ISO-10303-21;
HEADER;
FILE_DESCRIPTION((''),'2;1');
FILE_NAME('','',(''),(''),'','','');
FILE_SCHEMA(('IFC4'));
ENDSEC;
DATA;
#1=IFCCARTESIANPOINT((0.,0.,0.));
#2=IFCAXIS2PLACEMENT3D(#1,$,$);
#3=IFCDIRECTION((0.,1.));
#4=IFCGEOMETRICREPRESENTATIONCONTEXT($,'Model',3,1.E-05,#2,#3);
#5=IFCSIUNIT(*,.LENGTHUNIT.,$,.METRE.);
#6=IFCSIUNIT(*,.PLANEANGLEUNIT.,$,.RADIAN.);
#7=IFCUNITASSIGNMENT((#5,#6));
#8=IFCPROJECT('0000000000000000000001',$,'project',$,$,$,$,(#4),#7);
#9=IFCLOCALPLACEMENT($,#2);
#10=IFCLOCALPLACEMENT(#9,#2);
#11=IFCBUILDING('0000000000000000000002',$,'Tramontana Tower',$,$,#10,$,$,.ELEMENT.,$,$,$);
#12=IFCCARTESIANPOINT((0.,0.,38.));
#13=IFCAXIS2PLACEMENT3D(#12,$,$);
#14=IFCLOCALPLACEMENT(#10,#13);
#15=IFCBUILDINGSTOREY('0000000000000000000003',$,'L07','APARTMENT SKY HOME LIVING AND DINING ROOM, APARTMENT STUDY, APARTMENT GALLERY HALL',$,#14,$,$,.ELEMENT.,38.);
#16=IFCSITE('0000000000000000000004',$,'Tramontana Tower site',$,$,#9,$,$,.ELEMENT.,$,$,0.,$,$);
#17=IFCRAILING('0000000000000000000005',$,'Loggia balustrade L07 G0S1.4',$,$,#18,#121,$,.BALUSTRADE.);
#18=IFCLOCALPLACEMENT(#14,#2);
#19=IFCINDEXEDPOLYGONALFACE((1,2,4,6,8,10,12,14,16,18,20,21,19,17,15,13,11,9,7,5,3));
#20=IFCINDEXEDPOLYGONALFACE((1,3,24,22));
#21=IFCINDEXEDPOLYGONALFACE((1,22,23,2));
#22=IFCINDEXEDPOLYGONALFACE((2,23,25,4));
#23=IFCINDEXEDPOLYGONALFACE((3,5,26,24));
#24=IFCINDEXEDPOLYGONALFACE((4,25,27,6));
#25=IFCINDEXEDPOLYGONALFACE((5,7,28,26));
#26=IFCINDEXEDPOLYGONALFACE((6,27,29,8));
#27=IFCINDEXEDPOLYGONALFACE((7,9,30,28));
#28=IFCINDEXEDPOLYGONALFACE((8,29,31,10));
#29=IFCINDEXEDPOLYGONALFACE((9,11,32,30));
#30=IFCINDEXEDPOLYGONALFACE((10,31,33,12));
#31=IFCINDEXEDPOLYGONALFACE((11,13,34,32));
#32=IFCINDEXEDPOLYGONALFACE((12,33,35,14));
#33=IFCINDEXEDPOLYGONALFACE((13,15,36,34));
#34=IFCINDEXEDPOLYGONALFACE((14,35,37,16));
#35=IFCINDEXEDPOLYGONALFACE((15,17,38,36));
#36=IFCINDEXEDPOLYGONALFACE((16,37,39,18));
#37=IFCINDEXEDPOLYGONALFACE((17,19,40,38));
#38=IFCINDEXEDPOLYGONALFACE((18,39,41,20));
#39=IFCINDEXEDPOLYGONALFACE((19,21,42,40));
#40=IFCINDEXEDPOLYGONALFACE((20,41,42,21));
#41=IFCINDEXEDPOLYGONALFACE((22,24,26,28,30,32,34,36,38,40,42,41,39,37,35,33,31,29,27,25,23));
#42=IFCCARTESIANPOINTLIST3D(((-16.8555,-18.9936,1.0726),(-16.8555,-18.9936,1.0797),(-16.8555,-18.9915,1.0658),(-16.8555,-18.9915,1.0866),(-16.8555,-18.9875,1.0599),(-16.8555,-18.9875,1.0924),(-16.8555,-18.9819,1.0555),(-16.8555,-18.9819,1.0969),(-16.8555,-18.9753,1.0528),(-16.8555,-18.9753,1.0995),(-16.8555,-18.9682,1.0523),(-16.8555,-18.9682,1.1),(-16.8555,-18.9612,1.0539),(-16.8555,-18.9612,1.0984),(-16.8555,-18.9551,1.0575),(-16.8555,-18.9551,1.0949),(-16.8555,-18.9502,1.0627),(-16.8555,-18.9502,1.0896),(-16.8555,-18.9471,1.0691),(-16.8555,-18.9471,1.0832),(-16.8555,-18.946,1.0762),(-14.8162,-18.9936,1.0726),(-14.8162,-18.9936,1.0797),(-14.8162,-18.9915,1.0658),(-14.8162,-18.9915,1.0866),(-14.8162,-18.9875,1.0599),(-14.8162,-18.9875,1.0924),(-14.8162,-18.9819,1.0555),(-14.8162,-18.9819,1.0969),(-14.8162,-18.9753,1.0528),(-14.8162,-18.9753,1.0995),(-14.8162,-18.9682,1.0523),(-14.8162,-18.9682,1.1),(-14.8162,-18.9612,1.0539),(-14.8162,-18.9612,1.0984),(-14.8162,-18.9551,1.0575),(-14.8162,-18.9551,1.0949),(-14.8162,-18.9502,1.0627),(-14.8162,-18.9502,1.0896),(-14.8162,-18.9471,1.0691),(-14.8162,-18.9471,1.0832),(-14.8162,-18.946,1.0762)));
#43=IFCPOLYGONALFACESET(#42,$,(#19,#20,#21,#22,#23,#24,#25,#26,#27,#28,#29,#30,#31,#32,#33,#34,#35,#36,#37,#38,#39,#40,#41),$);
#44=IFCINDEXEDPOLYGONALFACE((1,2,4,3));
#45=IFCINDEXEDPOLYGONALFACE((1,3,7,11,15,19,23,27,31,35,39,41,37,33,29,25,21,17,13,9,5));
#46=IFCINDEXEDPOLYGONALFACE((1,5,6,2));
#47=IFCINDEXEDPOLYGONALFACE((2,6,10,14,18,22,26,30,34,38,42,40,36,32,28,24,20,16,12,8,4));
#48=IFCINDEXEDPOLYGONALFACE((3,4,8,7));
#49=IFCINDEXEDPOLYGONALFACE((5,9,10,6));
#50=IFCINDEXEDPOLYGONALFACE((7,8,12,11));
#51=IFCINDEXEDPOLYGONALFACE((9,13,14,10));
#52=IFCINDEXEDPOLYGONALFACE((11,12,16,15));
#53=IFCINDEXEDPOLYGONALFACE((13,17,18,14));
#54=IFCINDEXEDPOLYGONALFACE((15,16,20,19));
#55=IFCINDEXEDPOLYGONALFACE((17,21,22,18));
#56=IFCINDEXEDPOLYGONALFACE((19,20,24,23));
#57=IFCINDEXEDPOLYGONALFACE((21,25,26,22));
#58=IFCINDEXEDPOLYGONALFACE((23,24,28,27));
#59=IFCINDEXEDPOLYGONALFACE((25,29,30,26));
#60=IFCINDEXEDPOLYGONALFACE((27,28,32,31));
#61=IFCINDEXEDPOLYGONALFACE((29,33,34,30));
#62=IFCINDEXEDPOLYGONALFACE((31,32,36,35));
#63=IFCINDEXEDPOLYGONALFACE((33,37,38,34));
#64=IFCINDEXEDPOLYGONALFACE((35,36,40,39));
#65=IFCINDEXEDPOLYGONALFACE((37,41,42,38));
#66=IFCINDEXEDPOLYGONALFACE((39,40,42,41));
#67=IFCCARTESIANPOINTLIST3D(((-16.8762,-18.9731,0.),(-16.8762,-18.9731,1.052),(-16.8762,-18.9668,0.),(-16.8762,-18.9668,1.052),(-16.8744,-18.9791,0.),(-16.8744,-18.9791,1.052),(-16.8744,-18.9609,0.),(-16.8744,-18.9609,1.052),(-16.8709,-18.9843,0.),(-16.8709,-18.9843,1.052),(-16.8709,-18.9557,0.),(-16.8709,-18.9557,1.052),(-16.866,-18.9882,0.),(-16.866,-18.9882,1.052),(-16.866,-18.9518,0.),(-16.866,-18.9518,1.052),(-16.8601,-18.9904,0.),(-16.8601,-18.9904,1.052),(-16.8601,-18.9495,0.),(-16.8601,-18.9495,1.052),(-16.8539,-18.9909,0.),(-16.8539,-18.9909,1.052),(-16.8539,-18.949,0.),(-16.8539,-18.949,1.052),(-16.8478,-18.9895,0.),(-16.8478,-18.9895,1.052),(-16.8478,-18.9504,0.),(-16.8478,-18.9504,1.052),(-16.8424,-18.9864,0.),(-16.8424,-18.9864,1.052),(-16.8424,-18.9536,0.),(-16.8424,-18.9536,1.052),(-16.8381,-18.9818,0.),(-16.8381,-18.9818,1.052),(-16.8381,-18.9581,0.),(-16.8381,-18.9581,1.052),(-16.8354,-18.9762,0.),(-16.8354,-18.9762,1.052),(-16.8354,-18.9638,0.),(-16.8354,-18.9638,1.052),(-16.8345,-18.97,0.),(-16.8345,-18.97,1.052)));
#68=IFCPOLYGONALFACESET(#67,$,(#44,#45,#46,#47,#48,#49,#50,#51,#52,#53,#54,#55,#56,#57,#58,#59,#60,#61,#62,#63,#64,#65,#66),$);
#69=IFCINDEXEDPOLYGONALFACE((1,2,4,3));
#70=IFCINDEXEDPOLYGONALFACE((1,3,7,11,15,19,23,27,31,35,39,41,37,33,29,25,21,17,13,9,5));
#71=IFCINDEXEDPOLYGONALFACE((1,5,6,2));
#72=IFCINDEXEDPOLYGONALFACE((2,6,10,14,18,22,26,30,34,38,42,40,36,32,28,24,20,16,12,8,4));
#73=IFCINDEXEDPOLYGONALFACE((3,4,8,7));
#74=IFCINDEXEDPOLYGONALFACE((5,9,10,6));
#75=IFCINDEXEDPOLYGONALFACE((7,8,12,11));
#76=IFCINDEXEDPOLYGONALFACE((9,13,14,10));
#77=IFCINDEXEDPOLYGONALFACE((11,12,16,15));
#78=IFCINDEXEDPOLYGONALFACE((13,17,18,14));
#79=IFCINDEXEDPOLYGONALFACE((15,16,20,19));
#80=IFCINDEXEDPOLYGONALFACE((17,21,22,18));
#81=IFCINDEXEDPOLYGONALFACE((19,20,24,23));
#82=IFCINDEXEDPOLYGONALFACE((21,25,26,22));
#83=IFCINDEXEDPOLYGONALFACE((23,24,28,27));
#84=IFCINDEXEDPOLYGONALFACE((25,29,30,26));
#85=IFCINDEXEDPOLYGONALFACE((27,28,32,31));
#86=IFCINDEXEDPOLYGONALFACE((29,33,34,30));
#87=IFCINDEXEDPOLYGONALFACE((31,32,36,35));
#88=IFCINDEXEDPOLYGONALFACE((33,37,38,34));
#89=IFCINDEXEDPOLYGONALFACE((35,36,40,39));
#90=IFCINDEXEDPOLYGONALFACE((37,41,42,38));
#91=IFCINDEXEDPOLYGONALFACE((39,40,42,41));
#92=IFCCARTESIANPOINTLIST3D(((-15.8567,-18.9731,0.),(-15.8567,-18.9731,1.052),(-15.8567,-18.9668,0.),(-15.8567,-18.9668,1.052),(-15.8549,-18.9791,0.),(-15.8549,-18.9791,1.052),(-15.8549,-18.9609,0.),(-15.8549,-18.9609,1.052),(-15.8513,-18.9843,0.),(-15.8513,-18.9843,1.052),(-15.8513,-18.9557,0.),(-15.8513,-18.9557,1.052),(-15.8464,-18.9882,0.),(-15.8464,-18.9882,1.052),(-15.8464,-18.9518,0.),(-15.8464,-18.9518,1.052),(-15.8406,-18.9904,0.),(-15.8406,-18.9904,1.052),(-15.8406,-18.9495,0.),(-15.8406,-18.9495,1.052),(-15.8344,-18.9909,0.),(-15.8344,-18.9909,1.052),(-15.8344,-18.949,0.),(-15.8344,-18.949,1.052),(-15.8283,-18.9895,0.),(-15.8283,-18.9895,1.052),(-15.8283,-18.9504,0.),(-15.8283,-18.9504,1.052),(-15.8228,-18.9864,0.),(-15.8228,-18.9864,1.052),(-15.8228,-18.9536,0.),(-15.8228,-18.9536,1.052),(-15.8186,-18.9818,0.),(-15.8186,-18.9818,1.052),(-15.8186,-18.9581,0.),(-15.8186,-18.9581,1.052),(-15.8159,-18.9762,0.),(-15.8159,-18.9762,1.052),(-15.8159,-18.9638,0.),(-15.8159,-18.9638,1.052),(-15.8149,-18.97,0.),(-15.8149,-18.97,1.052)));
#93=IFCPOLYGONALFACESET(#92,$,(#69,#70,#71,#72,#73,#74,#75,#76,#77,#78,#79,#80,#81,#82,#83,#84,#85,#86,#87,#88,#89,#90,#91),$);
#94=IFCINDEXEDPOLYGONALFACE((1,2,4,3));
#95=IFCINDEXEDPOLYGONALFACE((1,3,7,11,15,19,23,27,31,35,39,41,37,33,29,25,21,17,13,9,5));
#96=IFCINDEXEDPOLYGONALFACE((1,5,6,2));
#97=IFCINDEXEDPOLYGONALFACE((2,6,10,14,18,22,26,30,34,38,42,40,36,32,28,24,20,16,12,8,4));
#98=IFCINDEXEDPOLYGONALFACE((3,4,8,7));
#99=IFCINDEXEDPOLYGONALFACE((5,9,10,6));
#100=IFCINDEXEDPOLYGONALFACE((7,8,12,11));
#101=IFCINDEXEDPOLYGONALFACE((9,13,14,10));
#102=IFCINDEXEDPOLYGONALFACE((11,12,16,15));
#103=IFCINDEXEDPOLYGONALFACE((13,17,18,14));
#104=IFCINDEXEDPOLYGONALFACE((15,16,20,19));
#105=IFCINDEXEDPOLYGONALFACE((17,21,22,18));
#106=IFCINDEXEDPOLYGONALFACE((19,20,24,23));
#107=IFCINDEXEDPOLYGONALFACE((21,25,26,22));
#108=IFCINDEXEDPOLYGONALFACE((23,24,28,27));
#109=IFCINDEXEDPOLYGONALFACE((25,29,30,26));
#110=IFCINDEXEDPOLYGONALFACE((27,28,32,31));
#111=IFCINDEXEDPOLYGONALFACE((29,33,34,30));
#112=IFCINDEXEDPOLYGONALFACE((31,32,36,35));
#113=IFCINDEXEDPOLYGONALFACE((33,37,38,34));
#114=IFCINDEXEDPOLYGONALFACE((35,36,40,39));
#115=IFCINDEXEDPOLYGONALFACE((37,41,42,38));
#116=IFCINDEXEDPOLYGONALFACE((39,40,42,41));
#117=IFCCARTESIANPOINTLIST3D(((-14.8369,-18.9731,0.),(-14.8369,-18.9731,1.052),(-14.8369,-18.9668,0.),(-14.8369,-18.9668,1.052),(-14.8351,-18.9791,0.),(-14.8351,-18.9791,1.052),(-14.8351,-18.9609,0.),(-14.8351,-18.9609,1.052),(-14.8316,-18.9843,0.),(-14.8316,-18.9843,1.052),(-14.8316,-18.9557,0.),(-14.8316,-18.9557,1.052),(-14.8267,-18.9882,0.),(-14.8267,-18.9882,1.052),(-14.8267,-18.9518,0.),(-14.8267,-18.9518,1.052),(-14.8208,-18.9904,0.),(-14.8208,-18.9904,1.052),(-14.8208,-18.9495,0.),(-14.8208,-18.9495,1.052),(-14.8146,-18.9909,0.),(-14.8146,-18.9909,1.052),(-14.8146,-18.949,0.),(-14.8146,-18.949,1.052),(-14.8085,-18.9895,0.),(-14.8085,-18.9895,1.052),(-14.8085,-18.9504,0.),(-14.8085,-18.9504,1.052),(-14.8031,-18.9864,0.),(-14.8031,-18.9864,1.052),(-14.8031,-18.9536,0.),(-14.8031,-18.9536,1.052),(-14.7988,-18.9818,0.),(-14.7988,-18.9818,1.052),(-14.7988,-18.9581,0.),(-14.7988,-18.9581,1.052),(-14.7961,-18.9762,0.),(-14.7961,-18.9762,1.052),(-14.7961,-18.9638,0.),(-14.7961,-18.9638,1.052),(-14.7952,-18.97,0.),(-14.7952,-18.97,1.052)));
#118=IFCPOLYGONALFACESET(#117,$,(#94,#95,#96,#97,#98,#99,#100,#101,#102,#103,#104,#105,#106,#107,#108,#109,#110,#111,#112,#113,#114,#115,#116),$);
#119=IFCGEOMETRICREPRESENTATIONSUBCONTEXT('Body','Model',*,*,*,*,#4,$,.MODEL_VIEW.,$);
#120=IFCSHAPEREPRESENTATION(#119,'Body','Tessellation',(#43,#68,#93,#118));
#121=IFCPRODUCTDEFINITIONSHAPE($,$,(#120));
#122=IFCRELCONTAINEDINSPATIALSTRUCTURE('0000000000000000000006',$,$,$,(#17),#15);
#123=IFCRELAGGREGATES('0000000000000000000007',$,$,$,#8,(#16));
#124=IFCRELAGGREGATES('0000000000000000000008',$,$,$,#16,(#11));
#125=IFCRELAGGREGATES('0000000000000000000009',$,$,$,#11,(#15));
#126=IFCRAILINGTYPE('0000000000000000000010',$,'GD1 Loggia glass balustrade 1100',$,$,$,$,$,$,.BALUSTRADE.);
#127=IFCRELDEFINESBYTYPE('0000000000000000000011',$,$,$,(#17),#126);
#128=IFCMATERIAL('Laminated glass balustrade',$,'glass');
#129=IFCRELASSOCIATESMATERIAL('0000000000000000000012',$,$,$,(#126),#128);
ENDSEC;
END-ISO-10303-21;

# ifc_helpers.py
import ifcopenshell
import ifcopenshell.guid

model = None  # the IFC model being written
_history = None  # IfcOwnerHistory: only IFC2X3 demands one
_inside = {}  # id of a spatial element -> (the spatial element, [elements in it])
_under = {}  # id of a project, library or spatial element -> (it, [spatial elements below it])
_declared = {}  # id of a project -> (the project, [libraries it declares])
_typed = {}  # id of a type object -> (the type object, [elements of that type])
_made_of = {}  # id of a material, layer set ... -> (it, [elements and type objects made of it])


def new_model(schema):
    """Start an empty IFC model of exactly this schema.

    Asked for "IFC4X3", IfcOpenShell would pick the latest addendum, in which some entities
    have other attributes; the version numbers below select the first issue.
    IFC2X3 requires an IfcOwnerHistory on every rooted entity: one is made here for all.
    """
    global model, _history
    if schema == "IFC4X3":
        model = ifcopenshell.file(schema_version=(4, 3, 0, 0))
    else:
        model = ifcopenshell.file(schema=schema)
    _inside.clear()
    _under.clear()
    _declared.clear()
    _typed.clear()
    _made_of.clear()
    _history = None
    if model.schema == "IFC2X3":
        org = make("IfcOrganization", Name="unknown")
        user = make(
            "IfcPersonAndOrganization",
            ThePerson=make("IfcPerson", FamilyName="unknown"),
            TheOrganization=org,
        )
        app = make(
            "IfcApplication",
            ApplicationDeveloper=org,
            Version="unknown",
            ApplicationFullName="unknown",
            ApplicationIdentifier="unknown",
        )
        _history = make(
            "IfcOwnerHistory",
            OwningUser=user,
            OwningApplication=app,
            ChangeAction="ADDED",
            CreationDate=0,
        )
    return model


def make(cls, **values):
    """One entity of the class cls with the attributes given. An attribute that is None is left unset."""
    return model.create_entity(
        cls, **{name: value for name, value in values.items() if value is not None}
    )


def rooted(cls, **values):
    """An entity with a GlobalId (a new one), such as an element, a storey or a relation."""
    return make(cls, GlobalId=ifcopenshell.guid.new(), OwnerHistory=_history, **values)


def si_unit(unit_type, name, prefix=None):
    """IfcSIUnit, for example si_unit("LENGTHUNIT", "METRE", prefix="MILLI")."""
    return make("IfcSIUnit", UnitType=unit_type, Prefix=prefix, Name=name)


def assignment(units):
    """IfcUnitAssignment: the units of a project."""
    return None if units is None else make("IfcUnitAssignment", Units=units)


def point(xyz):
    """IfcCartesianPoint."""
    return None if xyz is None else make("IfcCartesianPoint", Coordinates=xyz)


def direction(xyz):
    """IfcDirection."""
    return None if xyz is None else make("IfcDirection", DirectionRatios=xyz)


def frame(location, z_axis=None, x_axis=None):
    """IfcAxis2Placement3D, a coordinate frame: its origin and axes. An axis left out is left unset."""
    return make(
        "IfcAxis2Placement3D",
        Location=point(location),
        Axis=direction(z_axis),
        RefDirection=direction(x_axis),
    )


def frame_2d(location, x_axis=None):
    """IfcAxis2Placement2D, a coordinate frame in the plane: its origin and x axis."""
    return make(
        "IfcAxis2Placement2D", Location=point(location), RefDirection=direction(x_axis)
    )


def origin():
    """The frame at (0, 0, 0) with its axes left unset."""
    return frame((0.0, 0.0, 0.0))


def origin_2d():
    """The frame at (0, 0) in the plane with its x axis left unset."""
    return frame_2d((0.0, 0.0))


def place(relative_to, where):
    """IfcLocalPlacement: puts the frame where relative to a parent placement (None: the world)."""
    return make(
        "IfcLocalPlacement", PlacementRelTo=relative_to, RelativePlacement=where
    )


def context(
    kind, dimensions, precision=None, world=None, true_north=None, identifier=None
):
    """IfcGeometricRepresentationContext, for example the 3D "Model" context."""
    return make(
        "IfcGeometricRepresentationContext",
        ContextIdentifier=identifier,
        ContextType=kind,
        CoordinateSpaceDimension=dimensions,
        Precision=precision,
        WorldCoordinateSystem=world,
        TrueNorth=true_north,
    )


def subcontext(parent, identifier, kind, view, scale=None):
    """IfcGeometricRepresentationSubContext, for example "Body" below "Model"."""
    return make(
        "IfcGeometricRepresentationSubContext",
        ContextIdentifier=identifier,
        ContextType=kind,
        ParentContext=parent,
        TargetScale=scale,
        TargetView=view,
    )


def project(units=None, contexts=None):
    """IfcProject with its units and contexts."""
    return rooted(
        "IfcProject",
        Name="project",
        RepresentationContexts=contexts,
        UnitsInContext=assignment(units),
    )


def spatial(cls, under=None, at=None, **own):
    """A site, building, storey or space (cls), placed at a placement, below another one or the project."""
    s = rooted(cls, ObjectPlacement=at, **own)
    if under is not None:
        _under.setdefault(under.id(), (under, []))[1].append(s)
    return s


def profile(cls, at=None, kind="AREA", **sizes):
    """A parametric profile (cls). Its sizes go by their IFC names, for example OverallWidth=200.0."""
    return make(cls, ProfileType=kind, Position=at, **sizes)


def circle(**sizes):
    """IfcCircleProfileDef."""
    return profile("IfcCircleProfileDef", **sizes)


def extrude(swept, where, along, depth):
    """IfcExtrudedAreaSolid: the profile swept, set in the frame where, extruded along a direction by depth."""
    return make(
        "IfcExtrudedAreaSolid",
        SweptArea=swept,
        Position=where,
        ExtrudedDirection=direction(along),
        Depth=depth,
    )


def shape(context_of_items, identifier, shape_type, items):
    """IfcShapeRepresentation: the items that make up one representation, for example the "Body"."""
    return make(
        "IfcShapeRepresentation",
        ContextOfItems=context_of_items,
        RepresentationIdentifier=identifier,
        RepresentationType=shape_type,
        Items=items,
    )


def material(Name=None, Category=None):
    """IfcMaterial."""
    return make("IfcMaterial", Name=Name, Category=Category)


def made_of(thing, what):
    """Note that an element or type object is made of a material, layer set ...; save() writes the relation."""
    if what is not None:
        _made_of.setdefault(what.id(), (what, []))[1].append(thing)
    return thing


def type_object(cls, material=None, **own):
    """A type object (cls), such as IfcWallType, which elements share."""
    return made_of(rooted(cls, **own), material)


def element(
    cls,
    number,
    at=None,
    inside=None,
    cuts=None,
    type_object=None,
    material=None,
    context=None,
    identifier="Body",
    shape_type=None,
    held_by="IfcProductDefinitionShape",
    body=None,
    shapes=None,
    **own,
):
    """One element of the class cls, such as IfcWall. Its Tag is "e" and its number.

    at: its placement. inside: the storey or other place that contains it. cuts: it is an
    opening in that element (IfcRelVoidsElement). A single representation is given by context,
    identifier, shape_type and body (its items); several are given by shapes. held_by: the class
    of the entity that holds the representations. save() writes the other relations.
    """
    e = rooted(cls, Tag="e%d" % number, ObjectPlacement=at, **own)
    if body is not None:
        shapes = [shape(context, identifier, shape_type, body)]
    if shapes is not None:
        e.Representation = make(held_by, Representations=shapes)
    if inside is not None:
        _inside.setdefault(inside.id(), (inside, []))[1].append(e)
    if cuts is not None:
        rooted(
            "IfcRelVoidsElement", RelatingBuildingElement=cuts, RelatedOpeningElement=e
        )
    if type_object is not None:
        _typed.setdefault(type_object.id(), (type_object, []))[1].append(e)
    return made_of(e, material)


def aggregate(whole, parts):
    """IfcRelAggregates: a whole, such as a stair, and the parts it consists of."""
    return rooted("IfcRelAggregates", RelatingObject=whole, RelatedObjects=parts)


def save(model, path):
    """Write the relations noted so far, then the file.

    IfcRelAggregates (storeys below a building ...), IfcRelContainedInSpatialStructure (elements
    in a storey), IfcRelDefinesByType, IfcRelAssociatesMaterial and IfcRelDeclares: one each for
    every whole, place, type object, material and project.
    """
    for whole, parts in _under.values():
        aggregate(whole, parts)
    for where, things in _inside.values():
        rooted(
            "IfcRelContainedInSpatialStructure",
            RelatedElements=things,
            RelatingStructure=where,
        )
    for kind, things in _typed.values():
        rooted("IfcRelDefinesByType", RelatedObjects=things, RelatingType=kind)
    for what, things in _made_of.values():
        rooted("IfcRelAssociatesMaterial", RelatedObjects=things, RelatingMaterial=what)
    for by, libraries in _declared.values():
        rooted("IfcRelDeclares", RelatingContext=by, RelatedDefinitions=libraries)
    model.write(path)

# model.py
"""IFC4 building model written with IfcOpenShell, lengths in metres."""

from ifc_helpers import new_model, si_unit, direction, frame, origin, origin_2d, place, context, subcontext, project, spatial, circle, extrude, material, type_object, element, save


model = new_model("IFC4")

# Units and contexts
model_context = context("Model", 3, precision=1e-05, world=origin(), true_north=direction((0.0, 1.0)))
body_context = subcontext(model_context, "Body", "Model", "MODEL_VIEW")
ifc_project = project(units=[si_unit("LENGTHUNIT", "METRE"), si_unit("PLANEANGLEUNIT", "RADIAN")], contexts=[model_context])

# Site, building, storey
site_placement = place(None, origin())
site = spatial("IfcSite", under=ifc_project, at=site_placement, Name="Tramontana Tower site", CompositionType="ELEMENT", RefElevation=0.0)
building_placement = place(site_placement, origin())
building = spatial("IfcBuilding", under=site, at=building_placement, Name="Tramontana Tower", CompositionType="ELEMENT")
storey_placement = place(building_placement, frame((0.0, 0.0, 38.0)))
storey = spatial("IfcBuildingStorey", under=building, at=storey_placement, Name="L07", Description="APARTMENT SKY HOME LIVING AND DINING ROOM, APARTMENT STUDY, APARTMENT GALLERY HALL", CompositionType="ELEMENT", Elevation=38.0)

# Railing
ifc_material_1 = material(Name="Laminated glass balustrade", Category="glass")
railing_type = type_object("IfcRailingType", Name="GD1 Loggia glass balustrade 1100", PredefinedType="BALUSTRADE", material=ifc_material_1)
railing_1_placement = place(storey_placement, frame((-16.8555, -18.97, 0.0)))
element("IfcRailing", 1, at=railing_1_placement, inside=storey, type_object=railing_type, Name="Loggia balustrade L07 G0S1.4", PredefinedType="BALUSTRADE", context=body_context, shape_type="SweptSolid", body=[
    extrude(circle(Radius=0.0239, at=origin_2d()), frame((0.0, 0.0, 1.0762), z_axis=(1.0, 0.0, 0.0), x_axis=(0.0, 1.0, 0.0)), (0.0, 0.0, 1.0), 2.0393),
    extrude(circle(Radius=0.021, at=origin_2d()), origin(), (0.0, 0.0, 1.0), 1.052),
    extrude(circle(Radius=0.021, at=origin_2d()), frame((1.0195, 0.0, 0.0)), (0.0, 0.0, 1.0), 1.052),
    extrude(circle(Radius=0.021, at=origin_2d()), frame((2.0393, 0.0, 0.0)), (0.0, 0.0, 1.0), 1.052),
])

save(model, "model.ifc")
